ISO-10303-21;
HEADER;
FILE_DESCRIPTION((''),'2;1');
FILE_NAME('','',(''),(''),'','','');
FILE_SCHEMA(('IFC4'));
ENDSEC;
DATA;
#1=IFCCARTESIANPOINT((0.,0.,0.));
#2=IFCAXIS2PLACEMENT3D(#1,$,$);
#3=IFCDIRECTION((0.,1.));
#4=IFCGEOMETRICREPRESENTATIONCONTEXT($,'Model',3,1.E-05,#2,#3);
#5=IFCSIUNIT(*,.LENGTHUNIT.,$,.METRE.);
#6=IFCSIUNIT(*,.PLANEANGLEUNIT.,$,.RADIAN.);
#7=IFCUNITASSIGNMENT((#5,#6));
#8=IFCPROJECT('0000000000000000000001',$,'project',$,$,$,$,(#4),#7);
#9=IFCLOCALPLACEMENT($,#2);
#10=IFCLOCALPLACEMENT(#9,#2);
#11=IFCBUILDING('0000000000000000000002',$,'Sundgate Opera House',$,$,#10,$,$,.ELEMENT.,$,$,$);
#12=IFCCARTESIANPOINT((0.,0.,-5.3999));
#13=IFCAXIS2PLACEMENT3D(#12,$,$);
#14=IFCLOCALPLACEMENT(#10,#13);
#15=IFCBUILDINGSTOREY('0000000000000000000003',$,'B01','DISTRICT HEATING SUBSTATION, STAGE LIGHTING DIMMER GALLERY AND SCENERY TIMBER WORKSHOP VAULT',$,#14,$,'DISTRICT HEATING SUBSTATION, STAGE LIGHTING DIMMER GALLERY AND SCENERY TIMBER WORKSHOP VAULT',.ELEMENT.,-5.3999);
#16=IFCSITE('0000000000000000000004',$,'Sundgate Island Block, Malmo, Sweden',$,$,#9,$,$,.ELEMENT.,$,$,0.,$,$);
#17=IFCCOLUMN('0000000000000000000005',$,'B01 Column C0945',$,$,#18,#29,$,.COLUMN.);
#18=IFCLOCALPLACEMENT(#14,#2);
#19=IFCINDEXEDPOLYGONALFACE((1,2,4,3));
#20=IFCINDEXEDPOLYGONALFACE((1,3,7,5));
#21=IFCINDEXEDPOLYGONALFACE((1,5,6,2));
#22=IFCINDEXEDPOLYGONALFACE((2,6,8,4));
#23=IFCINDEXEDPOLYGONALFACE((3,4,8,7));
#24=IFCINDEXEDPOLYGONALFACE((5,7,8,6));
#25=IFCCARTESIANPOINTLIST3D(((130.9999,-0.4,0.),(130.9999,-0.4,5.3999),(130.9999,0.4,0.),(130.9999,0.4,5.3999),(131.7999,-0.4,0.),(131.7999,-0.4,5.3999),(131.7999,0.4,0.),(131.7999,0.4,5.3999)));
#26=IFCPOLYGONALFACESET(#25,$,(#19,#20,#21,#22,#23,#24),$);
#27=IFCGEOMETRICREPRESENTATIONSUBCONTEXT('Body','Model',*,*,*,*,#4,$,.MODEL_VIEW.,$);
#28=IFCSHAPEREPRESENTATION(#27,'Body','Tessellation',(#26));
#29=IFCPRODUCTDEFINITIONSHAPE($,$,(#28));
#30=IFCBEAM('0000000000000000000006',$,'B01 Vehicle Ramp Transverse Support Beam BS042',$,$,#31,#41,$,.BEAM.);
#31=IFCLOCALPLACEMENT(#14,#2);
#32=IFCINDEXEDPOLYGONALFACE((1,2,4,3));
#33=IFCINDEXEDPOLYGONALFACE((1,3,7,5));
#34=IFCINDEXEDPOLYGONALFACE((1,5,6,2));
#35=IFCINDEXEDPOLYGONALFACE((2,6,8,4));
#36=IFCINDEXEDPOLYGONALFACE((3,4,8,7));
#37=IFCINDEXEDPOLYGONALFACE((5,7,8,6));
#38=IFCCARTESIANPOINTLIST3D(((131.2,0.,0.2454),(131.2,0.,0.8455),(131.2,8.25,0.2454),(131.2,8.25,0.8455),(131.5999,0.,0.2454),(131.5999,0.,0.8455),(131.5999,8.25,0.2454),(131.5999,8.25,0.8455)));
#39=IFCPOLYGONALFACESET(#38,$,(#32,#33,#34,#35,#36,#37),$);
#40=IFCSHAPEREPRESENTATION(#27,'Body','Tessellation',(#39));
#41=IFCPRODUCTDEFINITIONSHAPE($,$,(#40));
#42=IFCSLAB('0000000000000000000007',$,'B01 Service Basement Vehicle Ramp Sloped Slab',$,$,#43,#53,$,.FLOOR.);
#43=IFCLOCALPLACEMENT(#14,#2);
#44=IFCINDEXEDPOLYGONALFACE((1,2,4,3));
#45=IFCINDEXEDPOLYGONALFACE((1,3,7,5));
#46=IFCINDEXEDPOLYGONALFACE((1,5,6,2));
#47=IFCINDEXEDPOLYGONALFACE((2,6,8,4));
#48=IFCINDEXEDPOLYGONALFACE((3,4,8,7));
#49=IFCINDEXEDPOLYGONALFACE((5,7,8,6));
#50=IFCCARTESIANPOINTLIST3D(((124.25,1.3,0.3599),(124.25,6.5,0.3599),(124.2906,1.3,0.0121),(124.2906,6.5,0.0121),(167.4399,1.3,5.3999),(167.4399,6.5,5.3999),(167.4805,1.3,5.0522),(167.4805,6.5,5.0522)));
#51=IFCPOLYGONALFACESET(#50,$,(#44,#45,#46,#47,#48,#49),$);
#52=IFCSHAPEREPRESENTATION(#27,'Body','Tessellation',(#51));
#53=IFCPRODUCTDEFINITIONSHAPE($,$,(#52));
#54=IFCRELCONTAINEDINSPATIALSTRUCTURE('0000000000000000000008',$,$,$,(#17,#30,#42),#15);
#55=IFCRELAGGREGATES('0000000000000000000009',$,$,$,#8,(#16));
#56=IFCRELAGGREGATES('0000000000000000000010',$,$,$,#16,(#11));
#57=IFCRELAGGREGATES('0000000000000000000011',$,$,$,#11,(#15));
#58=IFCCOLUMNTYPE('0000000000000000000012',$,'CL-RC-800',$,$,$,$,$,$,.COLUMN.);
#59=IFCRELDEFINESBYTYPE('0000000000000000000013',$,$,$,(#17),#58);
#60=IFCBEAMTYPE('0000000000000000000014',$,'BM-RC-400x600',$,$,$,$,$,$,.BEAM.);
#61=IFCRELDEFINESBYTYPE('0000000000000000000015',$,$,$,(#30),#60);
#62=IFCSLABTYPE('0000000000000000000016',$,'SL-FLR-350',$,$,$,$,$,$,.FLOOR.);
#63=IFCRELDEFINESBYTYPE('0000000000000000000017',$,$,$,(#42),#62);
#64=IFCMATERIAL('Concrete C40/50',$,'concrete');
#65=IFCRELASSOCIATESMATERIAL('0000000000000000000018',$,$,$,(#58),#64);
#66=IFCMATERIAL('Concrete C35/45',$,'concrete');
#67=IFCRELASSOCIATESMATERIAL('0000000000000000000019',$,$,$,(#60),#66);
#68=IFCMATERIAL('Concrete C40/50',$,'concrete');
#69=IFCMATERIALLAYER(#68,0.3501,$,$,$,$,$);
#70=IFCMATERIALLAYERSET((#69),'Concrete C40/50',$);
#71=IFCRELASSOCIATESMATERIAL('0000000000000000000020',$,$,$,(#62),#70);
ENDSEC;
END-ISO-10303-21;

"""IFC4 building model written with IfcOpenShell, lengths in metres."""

from ifc_helpers import new_model, si_unit, direction, frame, origin, origin_2d, place, context, subcontext, project, spatial, polyline, rectangle, outline, extrude, material, layer, layer_set, material_profile, profile_set, type_object, element, save


model = new_model("IFC4")

# Units and contexts
model_context = context("Model", 3, precision=1e-05, world=origin(), true_north=direction((0.0, 1.0)))
body_context = subcontext(model_context, "Body", "Model", "MODEL_VIEW")
ifc_project = project(units=[si_unit("LENGTHUNIT", "METRE"), si_unit("PLANEANGLEUNIT", "RADIAN")], contexts=[model_context])

# Site, building, storey
site_placement = place(None, origin())
site = spatial("IfcSite", under=ifc_project, at=site_placement, Name="Sundgate Island Block, Malmo, Sweden", CompositionType="ELEMENT", RefElevation=0.0)
building_placement = place(site_placement, origin())
building = spatial("IfcBuilding", under=site, at=building_placement, Name="Sundgate Opera House", CompositionType="ELEMENT")
storey_placement = place(building_placement, frame((0.0, 0.0, -5.3999)))
storey = spatial("IfcBuildingStorey", under=building, at=storey_placement, Name="B01", Description="DISTRICT HEATING SUBSTATION, STAGE LIGHTING DIMMER GALLERY AND SCENERY TIMBER WORKSHOP VAULT", LongName="DISTRICT HEATING SUBSTATION, STAGE LIGHTING DIMMER GALLERY AND SCENERY TIMBER WORKSHOP VAULT", CompositionType="ELEMENT", Elevation=-5.3999)

# Column
ifc_material_1 = material(Name="Concrete C40/50", Category="concrete")
ifc_material_profile_1 = material_profile(ifc_material_1, rectangle(XDim=0.8, YDim=0.8, at=origin_2d()), Name="RC 800x800")
ifc_profile_set_1 = profile_set([ifc_material_profile_1], Name="Concrete C40/50")
column_type = type_object("IfcColumnType", Name="CL-RC-800", PredefinedType="COLUMN", material=ifc_profile_set_1)
for number, where, z_axis, x_axis, name in (
    (1, (131.3999, 0.0, 0.0), (0.0, 0.0, 1.0), (1.0, 0.0, 0.0), "B01 Column C0945"),
):
    element("IfcColumn", number, at=place(storey_placement, frame(where, z_axis=z_axis, x_axis=x_axis)), inside=storey, type_object=column_type, Name=name, PredefinedType="COLUMN", context=body_context, shape_type="SweptSolid", body=[
        extrude(rectangle(XDim=0.8, YDim=0.8, at=origin_2d()), origin(), (0.0, 0.0, 1.0), 5.3999),
    ])

# Beam
ifc_material_2 = material(Name="Concrete C35/45", Category="concrete")
ifc_material_profile_2 = material_profile(ifc_material_2, rectangle(XDim=0.3999, YDim=0.6001, at=origin_2d()), Name="RC 400x600")
ifc_profile_set_2 = profile_set([ifc_material_profile_2], Name="Concrete C35/45")
beam_type = type_object("IfcBeamType", Name="BM-RC-400x600", PredefinedType="BEAM", material=ifc_profile_set_2)
beam_placement = place(storey_placement, frame((131.3999, 0.0, 0.5454), z_axis=(0.0, 1.0, 0.0), x_axis=(-1.0, 0.0, 0.0)))
element("IfcBeam", 2, at=beam_placement, inside=storey, type_object=beam_type, Name="B01 Vehicle Ramp Transverse Support Beam BS042", PredefinedType="BEAM", context=body_context, shape_type="SweptSolid", body=[
    extrude(rectangle(XDim=0.3999, YDim=0.6001, at=origin_2d()), origin(), (0.0, 0.0, 1.0), 8.25),
])

# Slab
ifc_material_3 = material(Name="Concrete C40/50", Category="concrete")
ifc_layer = layer(ifc_material_3, 0.3501)
ifc_layer_set = layer_set([ifc_layer], Name="Concrete C40/50")
slab_type = type_object("IfcSlabType", Name="SL-FLR-350", PredefinedType="FLOOR", material=ifc_layer_set)
slab_placement = place(storey_placement, frame((124.25, 1.3, 0.3599), z_axis=(-0.115908, 0.0, 0.99326), x_axis=(0.99326, 0.0, 0.115908)))
element("IfcSlab", 3, at=slab_placement, inside=storey, type_object=slab_type, Name="B01 Service Basement Vehicle Ramp Sloped Slab", PredefinedType="FLOOR", context=body_context, shape_type="SweptSolid", body=[
    extrude(outline(polyline([(0.0, 0.0), (43.483, 0.0), (43.483, 5.2), (0.0, 5.2), (0.0, 0.0)])), origin(), (0.0, 0.0, -1.0), 0.3501),
])

save(model, "model.ifc")
